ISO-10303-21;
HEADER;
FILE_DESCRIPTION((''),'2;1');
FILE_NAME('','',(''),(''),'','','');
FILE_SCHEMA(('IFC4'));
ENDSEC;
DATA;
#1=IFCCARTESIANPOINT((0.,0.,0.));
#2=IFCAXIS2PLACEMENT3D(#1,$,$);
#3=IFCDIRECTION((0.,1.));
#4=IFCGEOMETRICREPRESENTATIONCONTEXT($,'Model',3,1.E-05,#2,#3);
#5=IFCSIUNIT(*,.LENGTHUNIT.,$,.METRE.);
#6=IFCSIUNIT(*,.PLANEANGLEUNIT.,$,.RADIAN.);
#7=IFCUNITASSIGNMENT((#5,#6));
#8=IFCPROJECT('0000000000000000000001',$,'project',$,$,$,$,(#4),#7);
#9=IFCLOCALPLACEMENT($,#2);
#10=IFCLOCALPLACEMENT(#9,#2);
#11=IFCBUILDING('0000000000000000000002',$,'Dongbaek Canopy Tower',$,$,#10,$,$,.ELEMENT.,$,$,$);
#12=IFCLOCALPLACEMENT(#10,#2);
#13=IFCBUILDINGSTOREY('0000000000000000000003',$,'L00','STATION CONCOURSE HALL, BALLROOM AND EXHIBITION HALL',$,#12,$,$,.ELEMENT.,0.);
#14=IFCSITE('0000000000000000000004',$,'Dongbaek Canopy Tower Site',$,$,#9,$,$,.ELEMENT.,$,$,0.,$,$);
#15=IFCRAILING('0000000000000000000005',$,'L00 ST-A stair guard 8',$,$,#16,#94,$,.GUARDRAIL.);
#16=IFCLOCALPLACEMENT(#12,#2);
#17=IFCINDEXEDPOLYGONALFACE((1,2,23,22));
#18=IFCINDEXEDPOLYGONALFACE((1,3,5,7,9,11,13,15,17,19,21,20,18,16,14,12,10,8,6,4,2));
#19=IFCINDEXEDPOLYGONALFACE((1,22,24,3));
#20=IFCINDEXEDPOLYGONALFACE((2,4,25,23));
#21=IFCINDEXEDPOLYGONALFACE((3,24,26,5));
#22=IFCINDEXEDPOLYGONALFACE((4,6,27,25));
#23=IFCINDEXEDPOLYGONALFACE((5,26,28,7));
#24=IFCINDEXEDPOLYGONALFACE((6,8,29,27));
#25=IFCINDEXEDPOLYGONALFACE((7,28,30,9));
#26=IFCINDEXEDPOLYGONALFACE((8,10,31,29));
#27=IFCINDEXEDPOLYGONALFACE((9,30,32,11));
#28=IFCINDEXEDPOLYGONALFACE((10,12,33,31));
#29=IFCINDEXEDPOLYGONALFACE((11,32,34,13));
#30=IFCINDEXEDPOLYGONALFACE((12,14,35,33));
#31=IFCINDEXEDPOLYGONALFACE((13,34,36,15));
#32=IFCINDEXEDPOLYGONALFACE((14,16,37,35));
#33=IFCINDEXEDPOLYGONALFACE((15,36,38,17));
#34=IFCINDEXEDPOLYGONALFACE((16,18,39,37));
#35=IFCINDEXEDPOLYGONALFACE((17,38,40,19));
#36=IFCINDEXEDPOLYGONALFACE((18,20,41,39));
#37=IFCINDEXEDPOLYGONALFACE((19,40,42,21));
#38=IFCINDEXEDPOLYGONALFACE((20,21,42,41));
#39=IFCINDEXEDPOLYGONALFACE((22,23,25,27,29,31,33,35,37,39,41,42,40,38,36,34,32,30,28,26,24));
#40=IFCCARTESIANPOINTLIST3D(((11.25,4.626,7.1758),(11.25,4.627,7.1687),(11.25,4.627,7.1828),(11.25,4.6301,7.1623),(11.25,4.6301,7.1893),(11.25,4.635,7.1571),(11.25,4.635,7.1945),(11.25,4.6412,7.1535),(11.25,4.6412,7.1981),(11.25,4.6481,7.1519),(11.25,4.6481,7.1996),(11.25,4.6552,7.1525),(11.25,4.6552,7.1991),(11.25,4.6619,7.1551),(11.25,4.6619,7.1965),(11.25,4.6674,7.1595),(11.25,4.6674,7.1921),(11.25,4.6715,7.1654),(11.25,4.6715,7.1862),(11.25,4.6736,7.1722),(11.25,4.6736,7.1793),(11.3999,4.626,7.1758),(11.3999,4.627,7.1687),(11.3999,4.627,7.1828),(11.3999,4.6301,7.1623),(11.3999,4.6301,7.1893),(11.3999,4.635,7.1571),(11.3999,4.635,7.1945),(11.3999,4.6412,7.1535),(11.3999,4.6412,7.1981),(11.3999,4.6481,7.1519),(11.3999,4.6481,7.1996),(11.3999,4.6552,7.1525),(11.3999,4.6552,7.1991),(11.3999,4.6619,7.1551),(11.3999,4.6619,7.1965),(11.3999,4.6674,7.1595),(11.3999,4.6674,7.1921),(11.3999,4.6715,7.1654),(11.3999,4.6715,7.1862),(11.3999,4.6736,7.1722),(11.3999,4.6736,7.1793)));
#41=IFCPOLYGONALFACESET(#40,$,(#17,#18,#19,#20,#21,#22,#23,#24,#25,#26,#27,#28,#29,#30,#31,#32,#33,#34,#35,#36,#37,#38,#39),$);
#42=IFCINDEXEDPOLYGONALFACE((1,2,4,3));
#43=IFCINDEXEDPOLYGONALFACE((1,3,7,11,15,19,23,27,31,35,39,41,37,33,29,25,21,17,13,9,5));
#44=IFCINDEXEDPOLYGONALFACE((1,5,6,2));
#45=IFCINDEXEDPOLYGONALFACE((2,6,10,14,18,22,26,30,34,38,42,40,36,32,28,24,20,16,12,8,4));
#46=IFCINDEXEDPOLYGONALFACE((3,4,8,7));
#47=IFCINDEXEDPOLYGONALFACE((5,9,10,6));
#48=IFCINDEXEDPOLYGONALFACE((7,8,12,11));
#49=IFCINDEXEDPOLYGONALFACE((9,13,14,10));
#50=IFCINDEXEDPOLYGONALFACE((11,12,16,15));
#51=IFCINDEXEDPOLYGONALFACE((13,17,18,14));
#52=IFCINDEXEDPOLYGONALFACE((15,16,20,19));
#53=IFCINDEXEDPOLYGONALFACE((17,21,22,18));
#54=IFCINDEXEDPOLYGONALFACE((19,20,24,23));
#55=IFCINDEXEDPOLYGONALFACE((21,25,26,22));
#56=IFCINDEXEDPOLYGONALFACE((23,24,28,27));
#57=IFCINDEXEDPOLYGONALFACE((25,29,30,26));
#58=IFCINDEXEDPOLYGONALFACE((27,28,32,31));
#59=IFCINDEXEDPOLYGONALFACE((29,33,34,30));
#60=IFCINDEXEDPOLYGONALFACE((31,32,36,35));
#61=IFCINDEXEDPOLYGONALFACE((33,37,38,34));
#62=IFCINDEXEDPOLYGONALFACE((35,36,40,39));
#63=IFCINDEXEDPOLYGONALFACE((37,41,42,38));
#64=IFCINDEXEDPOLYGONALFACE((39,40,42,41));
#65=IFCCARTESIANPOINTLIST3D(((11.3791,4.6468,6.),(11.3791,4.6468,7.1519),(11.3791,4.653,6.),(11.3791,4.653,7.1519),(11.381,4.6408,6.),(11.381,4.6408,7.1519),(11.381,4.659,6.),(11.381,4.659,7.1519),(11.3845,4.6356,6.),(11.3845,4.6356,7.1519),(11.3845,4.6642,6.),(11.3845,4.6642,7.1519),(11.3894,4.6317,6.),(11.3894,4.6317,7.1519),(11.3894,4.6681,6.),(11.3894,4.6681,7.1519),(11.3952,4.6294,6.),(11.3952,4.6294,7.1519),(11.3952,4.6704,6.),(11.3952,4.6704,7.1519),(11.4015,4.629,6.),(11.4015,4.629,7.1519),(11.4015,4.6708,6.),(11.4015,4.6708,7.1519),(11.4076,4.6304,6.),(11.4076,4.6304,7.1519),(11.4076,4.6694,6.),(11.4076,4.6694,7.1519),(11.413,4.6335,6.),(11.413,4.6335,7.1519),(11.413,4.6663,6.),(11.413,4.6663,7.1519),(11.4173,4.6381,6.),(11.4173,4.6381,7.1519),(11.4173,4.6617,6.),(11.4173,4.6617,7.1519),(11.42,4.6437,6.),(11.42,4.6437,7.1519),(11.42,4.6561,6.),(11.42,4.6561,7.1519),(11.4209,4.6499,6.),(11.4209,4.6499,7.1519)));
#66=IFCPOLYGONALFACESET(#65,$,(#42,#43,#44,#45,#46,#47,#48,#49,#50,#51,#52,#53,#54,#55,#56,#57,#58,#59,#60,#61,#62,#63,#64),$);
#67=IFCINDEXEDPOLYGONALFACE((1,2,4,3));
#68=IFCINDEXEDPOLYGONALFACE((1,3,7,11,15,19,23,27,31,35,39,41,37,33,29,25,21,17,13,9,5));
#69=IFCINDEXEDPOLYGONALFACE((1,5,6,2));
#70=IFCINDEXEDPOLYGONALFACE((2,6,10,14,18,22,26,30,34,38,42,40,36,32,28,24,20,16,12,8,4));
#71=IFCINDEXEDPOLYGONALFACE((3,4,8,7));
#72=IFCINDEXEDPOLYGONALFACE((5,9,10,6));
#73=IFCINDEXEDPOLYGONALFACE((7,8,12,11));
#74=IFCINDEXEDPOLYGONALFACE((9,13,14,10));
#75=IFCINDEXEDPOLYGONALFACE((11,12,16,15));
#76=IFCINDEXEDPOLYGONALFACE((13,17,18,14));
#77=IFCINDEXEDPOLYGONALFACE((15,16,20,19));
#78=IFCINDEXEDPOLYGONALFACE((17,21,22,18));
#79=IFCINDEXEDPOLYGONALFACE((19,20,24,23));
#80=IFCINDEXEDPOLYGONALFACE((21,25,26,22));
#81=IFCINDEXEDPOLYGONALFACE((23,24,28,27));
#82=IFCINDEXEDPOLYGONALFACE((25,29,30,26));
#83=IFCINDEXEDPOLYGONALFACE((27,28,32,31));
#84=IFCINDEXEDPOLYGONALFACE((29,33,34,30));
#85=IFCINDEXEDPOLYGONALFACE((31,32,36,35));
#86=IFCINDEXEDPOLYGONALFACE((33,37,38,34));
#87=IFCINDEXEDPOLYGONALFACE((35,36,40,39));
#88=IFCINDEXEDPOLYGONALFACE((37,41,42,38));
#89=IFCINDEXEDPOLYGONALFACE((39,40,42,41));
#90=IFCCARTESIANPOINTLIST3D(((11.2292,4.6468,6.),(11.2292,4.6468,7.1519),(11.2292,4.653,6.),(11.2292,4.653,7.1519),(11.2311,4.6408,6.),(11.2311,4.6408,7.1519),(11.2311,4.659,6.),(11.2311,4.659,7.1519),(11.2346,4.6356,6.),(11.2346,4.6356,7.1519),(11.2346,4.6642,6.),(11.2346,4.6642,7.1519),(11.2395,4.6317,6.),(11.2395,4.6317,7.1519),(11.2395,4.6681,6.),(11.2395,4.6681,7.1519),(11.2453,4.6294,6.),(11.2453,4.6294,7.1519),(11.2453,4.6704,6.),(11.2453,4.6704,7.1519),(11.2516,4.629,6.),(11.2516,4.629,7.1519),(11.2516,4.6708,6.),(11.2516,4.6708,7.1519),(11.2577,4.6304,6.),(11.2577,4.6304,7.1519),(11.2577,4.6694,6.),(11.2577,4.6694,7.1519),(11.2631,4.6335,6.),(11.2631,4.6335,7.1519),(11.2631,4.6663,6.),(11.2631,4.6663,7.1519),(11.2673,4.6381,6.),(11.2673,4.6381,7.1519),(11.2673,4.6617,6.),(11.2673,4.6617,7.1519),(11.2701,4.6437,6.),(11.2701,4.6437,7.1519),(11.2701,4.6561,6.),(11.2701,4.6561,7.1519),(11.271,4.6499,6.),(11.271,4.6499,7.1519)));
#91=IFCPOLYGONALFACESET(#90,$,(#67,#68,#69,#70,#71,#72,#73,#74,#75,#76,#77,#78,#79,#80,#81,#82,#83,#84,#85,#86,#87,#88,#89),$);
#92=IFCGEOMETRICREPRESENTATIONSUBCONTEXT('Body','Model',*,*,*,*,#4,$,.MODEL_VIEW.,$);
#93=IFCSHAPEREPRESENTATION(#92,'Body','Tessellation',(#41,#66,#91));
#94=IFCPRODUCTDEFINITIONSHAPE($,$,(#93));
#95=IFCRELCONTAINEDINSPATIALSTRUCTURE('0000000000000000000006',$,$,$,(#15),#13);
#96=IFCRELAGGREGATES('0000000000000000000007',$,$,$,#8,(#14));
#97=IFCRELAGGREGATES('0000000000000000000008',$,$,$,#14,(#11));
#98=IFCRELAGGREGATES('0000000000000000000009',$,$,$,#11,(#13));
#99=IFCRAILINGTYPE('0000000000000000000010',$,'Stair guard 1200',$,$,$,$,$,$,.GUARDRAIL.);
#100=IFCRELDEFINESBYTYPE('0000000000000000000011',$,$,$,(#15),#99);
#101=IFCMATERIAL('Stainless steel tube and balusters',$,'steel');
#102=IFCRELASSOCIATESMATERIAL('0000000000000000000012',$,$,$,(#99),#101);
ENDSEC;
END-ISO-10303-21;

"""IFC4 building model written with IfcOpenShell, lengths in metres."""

from ifc_helpers import new_model, si_unit, direction, frame, origin, origin_2d, place, context, subcontext, project, spatial, circle, extrude, material, type_object, element, save


model = new_model("IFC4")

# Units and contexts
model_context = context("Model", 3, precision=1e-05, world=origin(), true_north=direction((0.0, 1.0)))
body_context = subcontext(model_context, "Body", "Model", "MODEL_VIEW")
ifc_project = project(units=[si_unit("LENGTHUNIT", "METRE"), si_unit("PLANEANGLEUNIT", "RADIAN")], contexts=[model_context])

# Site, building, storey
site_placement = place(None, origin())
site = spatial("IfcSite", under=ifc_project, at=site_placement, Name="Dongbaek Canopy Tower Site", CompositionType="ELEMENT", RefElevation=0.0)
building_placement = place(site_placement, origin())
building = spatial("IfcBuilding", under=site, at=building_placement, Name="Dongbaek Canopy Tower", CompositionType="ELEMENT")
storey_placement = place(building_placement, origin())
storey = spatial("IfcBuildingStorey", under=building, at=storey_placement, Name="L00", Description="STATION CONCOURSE HALL, BALLROOM AND EXHIBITION HALL", CompositionType="ELEMENT", Elevation=0.0)

# Railing
ifc_material_1 = material(Name="Stainless steel tube and balusters", Category="steel")
railing_type_1 = type_object("IfcRailingType", Name="Stair guard 1200", PredefinedType="GUARDRAIL", material=ifc_material_1)
railing_1_placement = place(storey_placement, frame((11.3999, 4.6499, 6.0)))
element("IfcRailing", 1, at=railing_1_placement, inside=storey, type_object=railing_type_1, Name="L00 ST-A stair guard 8", PredefinedType="GUARDRAIL", context=body_context, shape_type="SweptSolid", body=[
    extrude(circle(Radius=0.0239, at=origin_2d()), frame((0.0, 0.0, 1.1758), z_axis=(-1.0, 0.0, 0.0), x_axis=(0.0, -1.0, 0.0)), (0.0, 0.0, 1.0), 0.1499),
    extrude(circle(Radius=0.021, at=origin_2d()), origin(), (0.0, 0.0, 1.0), 1.1519),
    extrude(circle(Radius=0.021, at=origin_2d()), frame((-0.1499, 0.0, 0.0)), (0.0, 0.0, 1.0), 1.1519),
])

save(model, "model.ifc")
